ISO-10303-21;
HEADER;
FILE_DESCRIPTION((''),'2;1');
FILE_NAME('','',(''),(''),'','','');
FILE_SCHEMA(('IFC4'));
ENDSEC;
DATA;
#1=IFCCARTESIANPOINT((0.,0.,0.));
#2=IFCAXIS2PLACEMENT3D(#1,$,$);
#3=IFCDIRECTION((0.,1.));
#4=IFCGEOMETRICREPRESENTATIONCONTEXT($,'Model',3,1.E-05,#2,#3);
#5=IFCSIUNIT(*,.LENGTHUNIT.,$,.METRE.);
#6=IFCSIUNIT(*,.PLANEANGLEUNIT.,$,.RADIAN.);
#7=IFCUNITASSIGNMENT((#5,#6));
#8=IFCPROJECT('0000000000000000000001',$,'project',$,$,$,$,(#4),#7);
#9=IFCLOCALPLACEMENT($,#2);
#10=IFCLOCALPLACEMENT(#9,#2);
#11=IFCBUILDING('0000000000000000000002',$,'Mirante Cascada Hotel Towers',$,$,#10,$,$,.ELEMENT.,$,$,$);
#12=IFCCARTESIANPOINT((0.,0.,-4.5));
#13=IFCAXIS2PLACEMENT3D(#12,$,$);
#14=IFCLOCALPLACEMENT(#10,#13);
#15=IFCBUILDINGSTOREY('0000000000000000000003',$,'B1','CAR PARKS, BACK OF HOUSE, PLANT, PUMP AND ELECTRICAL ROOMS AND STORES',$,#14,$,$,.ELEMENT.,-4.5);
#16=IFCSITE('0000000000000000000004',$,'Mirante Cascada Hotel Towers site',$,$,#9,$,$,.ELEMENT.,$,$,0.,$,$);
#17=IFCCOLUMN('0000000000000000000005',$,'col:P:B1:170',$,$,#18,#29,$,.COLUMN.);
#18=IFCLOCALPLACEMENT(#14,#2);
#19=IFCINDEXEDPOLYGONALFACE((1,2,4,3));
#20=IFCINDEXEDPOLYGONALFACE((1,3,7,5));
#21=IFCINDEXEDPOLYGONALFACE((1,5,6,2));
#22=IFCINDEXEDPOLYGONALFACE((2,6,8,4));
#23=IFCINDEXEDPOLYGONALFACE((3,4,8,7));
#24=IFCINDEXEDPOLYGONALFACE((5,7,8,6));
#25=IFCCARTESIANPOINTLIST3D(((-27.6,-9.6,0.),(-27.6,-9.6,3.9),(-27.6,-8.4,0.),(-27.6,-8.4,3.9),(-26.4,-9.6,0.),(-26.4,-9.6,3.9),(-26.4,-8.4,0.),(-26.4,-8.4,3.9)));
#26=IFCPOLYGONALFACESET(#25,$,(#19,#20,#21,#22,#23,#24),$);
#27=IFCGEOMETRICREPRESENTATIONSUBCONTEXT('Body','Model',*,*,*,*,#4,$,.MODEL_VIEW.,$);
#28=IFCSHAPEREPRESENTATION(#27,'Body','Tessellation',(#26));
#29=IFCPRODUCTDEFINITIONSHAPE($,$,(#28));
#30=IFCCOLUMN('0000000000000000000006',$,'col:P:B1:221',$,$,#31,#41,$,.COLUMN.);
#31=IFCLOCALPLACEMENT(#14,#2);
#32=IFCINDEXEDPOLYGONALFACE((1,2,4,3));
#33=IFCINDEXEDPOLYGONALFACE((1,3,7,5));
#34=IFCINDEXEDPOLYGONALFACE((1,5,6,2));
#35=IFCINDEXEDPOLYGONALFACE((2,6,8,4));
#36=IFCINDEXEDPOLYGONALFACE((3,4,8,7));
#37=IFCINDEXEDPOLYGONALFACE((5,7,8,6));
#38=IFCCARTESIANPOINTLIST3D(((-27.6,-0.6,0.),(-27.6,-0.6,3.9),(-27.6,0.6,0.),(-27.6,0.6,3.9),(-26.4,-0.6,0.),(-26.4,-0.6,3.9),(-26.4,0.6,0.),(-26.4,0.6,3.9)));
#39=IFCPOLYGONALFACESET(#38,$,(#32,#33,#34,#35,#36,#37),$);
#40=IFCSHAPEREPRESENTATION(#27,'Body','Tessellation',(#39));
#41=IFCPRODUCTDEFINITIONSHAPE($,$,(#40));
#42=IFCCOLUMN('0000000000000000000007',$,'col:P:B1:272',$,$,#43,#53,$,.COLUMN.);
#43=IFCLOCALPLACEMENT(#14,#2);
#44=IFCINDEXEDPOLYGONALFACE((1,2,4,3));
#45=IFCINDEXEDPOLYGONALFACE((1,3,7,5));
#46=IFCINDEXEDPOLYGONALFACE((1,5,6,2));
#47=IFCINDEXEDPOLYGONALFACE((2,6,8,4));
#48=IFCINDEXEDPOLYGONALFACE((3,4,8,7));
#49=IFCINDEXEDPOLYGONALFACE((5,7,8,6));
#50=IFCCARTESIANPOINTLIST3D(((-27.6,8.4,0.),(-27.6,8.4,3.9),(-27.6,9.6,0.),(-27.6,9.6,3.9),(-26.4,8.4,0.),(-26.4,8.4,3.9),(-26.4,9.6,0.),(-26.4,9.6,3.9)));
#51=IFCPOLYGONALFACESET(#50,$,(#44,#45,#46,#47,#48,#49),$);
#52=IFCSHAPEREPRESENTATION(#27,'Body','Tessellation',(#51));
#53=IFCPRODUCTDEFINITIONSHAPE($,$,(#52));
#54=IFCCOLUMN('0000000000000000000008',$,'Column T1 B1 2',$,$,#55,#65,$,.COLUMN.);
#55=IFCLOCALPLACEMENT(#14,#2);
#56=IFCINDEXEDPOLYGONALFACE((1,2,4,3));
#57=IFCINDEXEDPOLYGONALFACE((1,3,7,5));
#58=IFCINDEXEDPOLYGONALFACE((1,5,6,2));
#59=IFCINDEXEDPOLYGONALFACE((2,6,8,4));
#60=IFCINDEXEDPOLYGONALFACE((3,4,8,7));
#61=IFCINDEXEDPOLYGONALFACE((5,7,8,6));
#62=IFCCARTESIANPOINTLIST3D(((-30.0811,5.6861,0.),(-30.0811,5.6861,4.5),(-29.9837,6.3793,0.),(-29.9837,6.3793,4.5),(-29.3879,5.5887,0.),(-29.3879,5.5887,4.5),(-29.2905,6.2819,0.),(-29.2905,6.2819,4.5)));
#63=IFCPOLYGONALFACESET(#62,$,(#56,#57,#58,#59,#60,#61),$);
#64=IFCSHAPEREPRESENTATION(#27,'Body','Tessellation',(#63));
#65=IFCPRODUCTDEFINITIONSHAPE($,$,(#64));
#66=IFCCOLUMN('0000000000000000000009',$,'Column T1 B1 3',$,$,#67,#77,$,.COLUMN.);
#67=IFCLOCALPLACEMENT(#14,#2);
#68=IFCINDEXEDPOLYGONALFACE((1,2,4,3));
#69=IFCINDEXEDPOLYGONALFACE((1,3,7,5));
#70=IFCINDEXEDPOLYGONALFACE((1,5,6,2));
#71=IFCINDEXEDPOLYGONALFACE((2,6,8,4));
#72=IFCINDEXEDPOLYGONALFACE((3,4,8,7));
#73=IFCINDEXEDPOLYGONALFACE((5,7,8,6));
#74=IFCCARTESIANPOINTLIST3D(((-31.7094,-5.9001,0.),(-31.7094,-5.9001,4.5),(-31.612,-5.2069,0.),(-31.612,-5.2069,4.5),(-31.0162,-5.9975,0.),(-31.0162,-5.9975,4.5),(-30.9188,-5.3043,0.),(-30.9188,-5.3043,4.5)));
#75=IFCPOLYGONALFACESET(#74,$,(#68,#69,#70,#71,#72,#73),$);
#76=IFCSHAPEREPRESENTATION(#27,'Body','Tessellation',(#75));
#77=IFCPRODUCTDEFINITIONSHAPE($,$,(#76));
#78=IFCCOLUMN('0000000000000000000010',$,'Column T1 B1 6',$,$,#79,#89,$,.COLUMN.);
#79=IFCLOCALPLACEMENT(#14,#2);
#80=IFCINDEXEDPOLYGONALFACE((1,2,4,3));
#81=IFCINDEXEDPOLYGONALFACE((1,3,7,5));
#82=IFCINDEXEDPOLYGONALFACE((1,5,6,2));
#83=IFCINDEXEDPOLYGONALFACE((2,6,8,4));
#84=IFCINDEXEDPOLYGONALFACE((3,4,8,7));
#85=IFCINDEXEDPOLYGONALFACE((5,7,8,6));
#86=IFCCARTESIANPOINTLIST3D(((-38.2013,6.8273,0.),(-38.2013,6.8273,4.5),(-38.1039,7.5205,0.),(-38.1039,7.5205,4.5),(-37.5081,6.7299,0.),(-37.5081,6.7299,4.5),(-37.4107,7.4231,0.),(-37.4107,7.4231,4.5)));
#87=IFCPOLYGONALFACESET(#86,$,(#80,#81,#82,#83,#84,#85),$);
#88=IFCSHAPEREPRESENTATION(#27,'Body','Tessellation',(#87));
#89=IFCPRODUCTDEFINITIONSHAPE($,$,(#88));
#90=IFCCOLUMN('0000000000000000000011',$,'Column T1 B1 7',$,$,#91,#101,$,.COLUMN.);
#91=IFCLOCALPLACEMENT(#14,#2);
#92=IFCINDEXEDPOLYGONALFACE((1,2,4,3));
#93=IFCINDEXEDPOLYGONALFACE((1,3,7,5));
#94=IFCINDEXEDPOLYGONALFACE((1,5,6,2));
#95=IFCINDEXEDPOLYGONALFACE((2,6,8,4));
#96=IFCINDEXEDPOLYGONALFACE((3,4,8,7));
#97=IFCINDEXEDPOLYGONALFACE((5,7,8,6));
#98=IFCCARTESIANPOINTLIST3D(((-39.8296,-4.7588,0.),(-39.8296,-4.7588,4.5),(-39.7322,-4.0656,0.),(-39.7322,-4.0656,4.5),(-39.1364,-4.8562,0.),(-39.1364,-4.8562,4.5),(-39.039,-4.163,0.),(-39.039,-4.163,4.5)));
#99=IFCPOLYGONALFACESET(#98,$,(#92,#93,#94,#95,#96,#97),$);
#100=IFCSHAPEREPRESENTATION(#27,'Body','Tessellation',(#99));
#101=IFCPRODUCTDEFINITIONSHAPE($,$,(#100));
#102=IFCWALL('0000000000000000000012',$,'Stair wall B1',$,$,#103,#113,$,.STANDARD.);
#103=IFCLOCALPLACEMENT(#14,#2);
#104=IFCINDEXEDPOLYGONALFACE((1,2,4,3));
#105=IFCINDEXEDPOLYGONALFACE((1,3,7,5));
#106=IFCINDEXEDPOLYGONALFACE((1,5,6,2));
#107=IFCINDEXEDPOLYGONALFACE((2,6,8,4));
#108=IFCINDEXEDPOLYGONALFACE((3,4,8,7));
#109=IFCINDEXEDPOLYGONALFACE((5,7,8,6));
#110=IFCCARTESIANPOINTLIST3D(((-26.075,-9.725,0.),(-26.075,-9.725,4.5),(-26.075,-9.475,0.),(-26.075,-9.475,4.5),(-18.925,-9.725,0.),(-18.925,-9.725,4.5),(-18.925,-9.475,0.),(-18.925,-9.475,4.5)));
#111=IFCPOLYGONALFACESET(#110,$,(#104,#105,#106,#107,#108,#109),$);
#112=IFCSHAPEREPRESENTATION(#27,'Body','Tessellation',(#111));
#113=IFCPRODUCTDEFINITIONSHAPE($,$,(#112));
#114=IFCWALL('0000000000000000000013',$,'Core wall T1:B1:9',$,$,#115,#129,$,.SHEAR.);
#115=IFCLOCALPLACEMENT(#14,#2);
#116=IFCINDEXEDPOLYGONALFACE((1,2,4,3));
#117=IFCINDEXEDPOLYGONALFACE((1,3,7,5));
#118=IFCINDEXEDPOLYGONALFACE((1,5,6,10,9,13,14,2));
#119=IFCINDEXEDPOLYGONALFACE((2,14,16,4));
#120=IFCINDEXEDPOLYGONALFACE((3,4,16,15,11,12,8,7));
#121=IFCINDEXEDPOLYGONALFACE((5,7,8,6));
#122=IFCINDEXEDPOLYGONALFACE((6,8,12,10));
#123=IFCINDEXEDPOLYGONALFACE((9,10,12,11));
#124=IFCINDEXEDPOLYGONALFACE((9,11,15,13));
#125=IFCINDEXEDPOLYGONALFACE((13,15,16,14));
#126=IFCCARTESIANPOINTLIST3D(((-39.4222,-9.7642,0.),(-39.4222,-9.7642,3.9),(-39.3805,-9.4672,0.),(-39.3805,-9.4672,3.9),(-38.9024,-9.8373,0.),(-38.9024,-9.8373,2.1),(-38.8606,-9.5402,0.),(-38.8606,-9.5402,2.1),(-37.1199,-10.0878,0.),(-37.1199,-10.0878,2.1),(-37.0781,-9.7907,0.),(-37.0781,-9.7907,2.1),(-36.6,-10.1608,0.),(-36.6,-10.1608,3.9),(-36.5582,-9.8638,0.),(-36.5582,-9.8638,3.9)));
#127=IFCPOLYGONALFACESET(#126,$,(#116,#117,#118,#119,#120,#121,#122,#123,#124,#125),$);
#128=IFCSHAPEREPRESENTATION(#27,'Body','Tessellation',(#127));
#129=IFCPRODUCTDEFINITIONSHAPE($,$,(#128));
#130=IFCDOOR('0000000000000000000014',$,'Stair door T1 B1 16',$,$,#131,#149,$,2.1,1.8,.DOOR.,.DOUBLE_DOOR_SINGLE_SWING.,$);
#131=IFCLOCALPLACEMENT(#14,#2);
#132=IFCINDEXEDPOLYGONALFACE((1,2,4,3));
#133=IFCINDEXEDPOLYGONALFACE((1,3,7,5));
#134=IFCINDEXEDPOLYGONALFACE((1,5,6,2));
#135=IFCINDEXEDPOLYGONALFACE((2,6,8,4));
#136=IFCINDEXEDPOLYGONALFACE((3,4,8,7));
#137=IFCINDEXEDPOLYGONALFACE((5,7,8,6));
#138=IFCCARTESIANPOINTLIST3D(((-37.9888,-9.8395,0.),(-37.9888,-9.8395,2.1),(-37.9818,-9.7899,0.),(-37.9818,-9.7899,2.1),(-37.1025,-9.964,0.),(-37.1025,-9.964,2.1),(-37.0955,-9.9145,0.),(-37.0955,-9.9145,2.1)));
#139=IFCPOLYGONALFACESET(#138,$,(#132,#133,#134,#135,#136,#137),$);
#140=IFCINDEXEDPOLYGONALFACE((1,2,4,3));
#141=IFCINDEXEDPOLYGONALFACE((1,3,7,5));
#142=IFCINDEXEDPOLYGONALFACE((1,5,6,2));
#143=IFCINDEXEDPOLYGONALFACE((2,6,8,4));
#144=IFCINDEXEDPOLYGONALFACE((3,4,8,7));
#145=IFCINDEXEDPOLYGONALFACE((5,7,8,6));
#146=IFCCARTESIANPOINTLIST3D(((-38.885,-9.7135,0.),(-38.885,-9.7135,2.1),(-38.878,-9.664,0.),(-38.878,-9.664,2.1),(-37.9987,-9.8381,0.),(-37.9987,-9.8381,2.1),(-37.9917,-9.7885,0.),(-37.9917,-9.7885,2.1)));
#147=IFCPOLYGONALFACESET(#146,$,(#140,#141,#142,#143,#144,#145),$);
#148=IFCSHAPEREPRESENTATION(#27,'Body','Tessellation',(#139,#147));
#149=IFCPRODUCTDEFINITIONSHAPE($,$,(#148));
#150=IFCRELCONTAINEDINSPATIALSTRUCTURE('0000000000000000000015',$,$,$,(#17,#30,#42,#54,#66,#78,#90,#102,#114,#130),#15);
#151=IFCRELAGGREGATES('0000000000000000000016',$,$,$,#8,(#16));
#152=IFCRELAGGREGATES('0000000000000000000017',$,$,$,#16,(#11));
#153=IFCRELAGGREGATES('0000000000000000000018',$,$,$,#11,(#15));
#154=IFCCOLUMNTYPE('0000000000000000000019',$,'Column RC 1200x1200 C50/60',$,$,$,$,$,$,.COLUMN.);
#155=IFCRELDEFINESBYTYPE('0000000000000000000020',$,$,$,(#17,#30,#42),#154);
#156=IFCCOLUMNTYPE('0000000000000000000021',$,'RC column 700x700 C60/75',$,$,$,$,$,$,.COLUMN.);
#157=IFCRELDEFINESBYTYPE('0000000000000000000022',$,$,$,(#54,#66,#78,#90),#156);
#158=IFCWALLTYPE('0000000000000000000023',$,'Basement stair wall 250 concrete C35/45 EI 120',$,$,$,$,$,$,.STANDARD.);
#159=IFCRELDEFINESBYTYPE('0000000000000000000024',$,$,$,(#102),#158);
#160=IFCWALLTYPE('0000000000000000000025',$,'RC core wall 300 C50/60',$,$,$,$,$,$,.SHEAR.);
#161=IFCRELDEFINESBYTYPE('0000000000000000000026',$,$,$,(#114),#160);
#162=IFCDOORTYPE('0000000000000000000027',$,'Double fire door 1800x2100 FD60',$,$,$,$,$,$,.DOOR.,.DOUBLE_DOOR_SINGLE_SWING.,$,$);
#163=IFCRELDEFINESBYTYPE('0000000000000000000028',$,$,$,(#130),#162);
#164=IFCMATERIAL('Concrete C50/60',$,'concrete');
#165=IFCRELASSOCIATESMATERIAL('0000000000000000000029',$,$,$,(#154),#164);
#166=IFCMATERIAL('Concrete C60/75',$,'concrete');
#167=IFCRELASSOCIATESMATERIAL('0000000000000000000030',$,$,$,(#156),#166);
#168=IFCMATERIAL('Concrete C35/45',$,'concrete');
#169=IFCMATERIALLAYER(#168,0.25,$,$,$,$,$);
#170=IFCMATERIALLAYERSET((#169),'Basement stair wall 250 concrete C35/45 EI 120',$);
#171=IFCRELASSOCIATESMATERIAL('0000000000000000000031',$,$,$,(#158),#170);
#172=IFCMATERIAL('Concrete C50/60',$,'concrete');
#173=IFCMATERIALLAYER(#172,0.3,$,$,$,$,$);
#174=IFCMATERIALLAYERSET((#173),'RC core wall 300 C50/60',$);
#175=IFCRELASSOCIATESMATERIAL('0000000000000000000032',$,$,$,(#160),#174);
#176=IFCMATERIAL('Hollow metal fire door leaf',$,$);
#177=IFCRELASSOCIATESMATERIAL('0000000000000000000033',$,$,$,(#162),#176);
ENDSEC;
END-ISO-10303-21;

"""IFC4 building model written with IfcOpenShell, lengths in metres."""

from ifc_helpers import new_model, si_unit, direction, frame, frame_2d, origin, origin_2d, place, context, subcontext, project, spatial, rectangle, extrude, material, layer, layer_set, material_profile, profile_set, type_object, element, fill, save


model = new_model("IFC4")

# Units and contexts
model_context = context("Model", 3, precision=1e-05, world=origin(), true_north=direction((0.0, 1.0)))
body_context = subcontext(model_context, "Body", "Model", "MODEL_VIEW")
ifc_project = project(units=[si_unit("LENGTHUNIT", "METRE"), si_unit("PLANEANGLEUNIT", "RADIAN")], contexts=[model_context])

# Site, building, storey
site_placement = place(None, origin())
site = spatial("IfcSite", under=ifc_project, at=site_placement, Name="Mirante Cascada Hotel Towers site", CompositionType="ELEMENT", RefElevation=0.0)
building_placement = place(site_placement, origin())
building = spatial("IfcBuilding", under=site, at=building_placement, Name="Mirante Cascada Hotel Towers", CompositionType="ELEMENT")
storey_placement = place(building_placement, frame((0.0, 0.0, -4.5)))
storey = spatial("IfcBuildingStorey", under=building, at=storey_placement, Name="B1", Description="CAR PARKS, BACK OF HOUSE, PLANT, PUMP AND ELECTRICAL ROOMS AND STORES", CompositionType="ELEMENT", Elevation=-4.5)

# Columns
ifc_material_1 = material(Name="Concrete C50/60", Category="concrete")
ifc_material_profile_1 = material_profile(ifc_material_1, rectangle(XDim=1.2, YDim=1.2, at=origin_2d()), Name="RC 1200x1200")
ifc_profile_set_1 = profile_set([ifc_material_profile_1], Name="Concrete C50/60")
column_type_1 = type_object("IfcColumnType", Name="Column RC 1200x1200 C50/60", PredefinedType="COLUMN", material=ifc_profile_set_1)
for number, where, z_axis, x_axis, name in (
    (1, (-27.0, -9.0, 0.0), (0.0, 0.0, 1.0), (1.0, 0.0, 0.0), "col:P:B1:170"),
    (2, (-27.0, 0.0, 0.0), (0.0, 0.0, 1.0), (1.0, 0.0, 0.0), "col:P:B1:221"),
    (3, (-27.0, 9.0, 0.0), (0.0, 0.0, 1.0), (1.0, 0.0, 0.0), "col:P:B1:272"),
):
    element("IfcColumn", number, at=place(storey_placement, frame(where, z_axis=z_axis, x_axis=x_axis)), inside=storey, type_object=column_type_1, Name=name, PredefinedType="COLUMN", context=body_context, shape_type="SweptSolid", body=[
        extrude(rectangle(XDim=1.2, YDim=1.2, at=origin_2d()), origin(), (0.0, 0.0, 1.0), 3.9),
    ])
ifc_material_2 = material(Name="Concrete C60/75", Category="concrete")
ifc_material_profile_2 = material_profile(ifc_material_2, rectangle(XDim=0.7, YDim=0.7, at=origin_2d()), Name="RC column 700x700 C60/75")
ifc_profile_set_2 = profile_set([ifc_material_profile_2], Name="Concrete C60/75")
column_type_2 = type_object("IfcColumnType", Name="RC column 700x700 C60/75", PredefinedType="COLUMN", material=ifc_profile_set_2)
for number, where, z_axis, x_axis, name in (
    (4, (-29.6858, 5.984, 0.0), (0.0, 0.0, 1.0), (-0.990268, 0.139173, 0.0), "Column T1 B1 2"),
    (5, (-31.3141, -5.6022, 0.0), (0.0, 0.0, 1.0), (-0.990268, 0.139173, 0.0), "Column T1 B1 3"),
    (6, (-37.806, 7.1252, 0.0), (0.0, 0.0, 1.0), (-0.990268, 0.139173, 0.0), "Column T1 B1 6"),
    (7, (-39.4343, -4.4609, 0.0), (0.0, 0.0, 1.0), (-0.990268, 0.139173, 0.0), "Column T1 B1 7"),
):
    element("IfcColumn", number, at=place(storey_placement, frame(where, z_axis=z_axis, x_axis=x_axis)), inside=storey, type_object=column_type_2, Name=name, PredefinedType="COLUMN", context=body_context, shape_type="SweptSolid", body=[
        extrude(rectangle(XDim=0.7, YDim=0.7, at=origin_2d()), origin(), (0.0, 0.0, 1.0), 4.5),
    ])

# Wall
ifc_material_3 = material(Name="Concrete C35/45", Category="concrete")
ifc_layer_1 = layer(ifc_material_3, 0.25)
ifc_layer_set_1 = layer_set([ifc_layer_1], Name="Basement stair wall 250 concrete C35/45 EI 120")
wall_type_1 = type_object("IfcWallType", Name="Basement stair wall 250 concrete C35/45 EI 120", PredefinedType="STANDARD", material=ifc_layer_set_1)
wall_1_placement = place(storey_placement, frame((-26.075, -9.6, 0.0), z_axis=(0.0, 0.0, 1.0), x_axis=(1.0, 0.0, 0.0)))
element("IfcWall", 8, at=wall_1_placement, inside=storey, type_object=wall_type_1, Name="Stair wall B1", PredefinedType="STANDARD", context=body_context, shape_type="SweptSolid", body=[
    extrude(rectangle(XDim=7.15, YDim=0.25, at=frame_2d((3.575, 0.0))), origin(), (0.0, 0.0, 1.0), 4.5),
])

# Wall, opening, door
ifc_material_4 = material(Name="Concrete C50/60", Category="concrete")
ifc_layer_2 = layer(ifc_material_4, 0.3)
ifc_layer_set_2 = layer_set([ifc_layer_2], Name="RC core wall 300 C50/60")
wall_type_2 = type_object("IfcWallType", Name="RC core wall 300 C50/60", PredefinedType="SHEAR", material=ifc_layer_set_2)
wall_2_placement = place(storey_placement, frame((-36.5791, -10.0123, 0.0), z_axis=(0.0, 0.0, 1.0), x_axis=(-0.99027, 0.139156, 0.0)))
wall_2 = element("IfcWall", 9, at=wall_2_placement, inside=storey, type_object=wall_type_2, Name="Core wall T1:B1:9", PredefinedType="SHEAR", context=body_context, shape_type="SweptSolid", body=[
    extrude(rectangle(XDim=2.85, YDim=0.3, at=frame_2d((1.425, 0.0))), origin(), (0.0, 0.0, 1.0), 3.9),
])
opening_1_placement = place(wall_2_placement, frame((0.525, 0.0, 0.0)))
opening_1 = element("IfcOpeningElement", 10, at=opening_1_placement, cuts=wall_2, PredefinedType="OPENING", context=body_context, shape_type="SweptSolid", body=[
    extrude(rectangle(XDim=1.8, YDim=2.1, at=frame_2d((0.9, 1.05))), frame((0.0, 0.15, 0.0), z_axis=(0.0, -1.0, 0.0), x_axis=(1.0, 0.0, 0.0)), (0.0, 0.0, 1.0), 0.3),
])
ifc_material_5 = material(Name="Hollow metal fire door leaf")
door_type_1 = type_object("IfcDoorType", Name="Double fire door 1800x2100 FD60", OperationType="DOUBLE_DOOR_SINGLE_SWING", PredefinedType="DOOR", material=ifc_material_5)
door_1_placement = place(opening_1_placement, origin())
door_1 = element("IfcDoor", 11, at=door_1_placement, inside=storey, type_object=door_type_1, Name="Stair door T1 B1 16", OperationType="DOUBLE_DOOR_SINGLE_SWING", OverallHeight=2.1, OverallWidth=1.8, PredefinedType="DOOR", context=body_context, shape_type="SweptSolid", body=[
    extrude(rectangle(XDim=0.895, YDim=2.1, at=frame_2d((0.4475, 1.05))), frame((0.0, 0.025, 0.0), z_axis=(0.0, -1.0, 0.0), x_axis=(1.0, 0.0, 0.0)), (0.0, 0.0, 1.0), 0.05),
    extrude(rectangle(XDim=0.895, YDim=2.1, at=frame_2d((1.3525, 1.05))), frame((0.0, 0.025, 0.0), z_axis=(0.0, -1.0, 0.0), x_axis=(1.0, 0.0, 0.0)), (0.0, 0.0, 1.0), 0.05),
])
fill(opening_1, door_1)

save(model, "model.ifc")
